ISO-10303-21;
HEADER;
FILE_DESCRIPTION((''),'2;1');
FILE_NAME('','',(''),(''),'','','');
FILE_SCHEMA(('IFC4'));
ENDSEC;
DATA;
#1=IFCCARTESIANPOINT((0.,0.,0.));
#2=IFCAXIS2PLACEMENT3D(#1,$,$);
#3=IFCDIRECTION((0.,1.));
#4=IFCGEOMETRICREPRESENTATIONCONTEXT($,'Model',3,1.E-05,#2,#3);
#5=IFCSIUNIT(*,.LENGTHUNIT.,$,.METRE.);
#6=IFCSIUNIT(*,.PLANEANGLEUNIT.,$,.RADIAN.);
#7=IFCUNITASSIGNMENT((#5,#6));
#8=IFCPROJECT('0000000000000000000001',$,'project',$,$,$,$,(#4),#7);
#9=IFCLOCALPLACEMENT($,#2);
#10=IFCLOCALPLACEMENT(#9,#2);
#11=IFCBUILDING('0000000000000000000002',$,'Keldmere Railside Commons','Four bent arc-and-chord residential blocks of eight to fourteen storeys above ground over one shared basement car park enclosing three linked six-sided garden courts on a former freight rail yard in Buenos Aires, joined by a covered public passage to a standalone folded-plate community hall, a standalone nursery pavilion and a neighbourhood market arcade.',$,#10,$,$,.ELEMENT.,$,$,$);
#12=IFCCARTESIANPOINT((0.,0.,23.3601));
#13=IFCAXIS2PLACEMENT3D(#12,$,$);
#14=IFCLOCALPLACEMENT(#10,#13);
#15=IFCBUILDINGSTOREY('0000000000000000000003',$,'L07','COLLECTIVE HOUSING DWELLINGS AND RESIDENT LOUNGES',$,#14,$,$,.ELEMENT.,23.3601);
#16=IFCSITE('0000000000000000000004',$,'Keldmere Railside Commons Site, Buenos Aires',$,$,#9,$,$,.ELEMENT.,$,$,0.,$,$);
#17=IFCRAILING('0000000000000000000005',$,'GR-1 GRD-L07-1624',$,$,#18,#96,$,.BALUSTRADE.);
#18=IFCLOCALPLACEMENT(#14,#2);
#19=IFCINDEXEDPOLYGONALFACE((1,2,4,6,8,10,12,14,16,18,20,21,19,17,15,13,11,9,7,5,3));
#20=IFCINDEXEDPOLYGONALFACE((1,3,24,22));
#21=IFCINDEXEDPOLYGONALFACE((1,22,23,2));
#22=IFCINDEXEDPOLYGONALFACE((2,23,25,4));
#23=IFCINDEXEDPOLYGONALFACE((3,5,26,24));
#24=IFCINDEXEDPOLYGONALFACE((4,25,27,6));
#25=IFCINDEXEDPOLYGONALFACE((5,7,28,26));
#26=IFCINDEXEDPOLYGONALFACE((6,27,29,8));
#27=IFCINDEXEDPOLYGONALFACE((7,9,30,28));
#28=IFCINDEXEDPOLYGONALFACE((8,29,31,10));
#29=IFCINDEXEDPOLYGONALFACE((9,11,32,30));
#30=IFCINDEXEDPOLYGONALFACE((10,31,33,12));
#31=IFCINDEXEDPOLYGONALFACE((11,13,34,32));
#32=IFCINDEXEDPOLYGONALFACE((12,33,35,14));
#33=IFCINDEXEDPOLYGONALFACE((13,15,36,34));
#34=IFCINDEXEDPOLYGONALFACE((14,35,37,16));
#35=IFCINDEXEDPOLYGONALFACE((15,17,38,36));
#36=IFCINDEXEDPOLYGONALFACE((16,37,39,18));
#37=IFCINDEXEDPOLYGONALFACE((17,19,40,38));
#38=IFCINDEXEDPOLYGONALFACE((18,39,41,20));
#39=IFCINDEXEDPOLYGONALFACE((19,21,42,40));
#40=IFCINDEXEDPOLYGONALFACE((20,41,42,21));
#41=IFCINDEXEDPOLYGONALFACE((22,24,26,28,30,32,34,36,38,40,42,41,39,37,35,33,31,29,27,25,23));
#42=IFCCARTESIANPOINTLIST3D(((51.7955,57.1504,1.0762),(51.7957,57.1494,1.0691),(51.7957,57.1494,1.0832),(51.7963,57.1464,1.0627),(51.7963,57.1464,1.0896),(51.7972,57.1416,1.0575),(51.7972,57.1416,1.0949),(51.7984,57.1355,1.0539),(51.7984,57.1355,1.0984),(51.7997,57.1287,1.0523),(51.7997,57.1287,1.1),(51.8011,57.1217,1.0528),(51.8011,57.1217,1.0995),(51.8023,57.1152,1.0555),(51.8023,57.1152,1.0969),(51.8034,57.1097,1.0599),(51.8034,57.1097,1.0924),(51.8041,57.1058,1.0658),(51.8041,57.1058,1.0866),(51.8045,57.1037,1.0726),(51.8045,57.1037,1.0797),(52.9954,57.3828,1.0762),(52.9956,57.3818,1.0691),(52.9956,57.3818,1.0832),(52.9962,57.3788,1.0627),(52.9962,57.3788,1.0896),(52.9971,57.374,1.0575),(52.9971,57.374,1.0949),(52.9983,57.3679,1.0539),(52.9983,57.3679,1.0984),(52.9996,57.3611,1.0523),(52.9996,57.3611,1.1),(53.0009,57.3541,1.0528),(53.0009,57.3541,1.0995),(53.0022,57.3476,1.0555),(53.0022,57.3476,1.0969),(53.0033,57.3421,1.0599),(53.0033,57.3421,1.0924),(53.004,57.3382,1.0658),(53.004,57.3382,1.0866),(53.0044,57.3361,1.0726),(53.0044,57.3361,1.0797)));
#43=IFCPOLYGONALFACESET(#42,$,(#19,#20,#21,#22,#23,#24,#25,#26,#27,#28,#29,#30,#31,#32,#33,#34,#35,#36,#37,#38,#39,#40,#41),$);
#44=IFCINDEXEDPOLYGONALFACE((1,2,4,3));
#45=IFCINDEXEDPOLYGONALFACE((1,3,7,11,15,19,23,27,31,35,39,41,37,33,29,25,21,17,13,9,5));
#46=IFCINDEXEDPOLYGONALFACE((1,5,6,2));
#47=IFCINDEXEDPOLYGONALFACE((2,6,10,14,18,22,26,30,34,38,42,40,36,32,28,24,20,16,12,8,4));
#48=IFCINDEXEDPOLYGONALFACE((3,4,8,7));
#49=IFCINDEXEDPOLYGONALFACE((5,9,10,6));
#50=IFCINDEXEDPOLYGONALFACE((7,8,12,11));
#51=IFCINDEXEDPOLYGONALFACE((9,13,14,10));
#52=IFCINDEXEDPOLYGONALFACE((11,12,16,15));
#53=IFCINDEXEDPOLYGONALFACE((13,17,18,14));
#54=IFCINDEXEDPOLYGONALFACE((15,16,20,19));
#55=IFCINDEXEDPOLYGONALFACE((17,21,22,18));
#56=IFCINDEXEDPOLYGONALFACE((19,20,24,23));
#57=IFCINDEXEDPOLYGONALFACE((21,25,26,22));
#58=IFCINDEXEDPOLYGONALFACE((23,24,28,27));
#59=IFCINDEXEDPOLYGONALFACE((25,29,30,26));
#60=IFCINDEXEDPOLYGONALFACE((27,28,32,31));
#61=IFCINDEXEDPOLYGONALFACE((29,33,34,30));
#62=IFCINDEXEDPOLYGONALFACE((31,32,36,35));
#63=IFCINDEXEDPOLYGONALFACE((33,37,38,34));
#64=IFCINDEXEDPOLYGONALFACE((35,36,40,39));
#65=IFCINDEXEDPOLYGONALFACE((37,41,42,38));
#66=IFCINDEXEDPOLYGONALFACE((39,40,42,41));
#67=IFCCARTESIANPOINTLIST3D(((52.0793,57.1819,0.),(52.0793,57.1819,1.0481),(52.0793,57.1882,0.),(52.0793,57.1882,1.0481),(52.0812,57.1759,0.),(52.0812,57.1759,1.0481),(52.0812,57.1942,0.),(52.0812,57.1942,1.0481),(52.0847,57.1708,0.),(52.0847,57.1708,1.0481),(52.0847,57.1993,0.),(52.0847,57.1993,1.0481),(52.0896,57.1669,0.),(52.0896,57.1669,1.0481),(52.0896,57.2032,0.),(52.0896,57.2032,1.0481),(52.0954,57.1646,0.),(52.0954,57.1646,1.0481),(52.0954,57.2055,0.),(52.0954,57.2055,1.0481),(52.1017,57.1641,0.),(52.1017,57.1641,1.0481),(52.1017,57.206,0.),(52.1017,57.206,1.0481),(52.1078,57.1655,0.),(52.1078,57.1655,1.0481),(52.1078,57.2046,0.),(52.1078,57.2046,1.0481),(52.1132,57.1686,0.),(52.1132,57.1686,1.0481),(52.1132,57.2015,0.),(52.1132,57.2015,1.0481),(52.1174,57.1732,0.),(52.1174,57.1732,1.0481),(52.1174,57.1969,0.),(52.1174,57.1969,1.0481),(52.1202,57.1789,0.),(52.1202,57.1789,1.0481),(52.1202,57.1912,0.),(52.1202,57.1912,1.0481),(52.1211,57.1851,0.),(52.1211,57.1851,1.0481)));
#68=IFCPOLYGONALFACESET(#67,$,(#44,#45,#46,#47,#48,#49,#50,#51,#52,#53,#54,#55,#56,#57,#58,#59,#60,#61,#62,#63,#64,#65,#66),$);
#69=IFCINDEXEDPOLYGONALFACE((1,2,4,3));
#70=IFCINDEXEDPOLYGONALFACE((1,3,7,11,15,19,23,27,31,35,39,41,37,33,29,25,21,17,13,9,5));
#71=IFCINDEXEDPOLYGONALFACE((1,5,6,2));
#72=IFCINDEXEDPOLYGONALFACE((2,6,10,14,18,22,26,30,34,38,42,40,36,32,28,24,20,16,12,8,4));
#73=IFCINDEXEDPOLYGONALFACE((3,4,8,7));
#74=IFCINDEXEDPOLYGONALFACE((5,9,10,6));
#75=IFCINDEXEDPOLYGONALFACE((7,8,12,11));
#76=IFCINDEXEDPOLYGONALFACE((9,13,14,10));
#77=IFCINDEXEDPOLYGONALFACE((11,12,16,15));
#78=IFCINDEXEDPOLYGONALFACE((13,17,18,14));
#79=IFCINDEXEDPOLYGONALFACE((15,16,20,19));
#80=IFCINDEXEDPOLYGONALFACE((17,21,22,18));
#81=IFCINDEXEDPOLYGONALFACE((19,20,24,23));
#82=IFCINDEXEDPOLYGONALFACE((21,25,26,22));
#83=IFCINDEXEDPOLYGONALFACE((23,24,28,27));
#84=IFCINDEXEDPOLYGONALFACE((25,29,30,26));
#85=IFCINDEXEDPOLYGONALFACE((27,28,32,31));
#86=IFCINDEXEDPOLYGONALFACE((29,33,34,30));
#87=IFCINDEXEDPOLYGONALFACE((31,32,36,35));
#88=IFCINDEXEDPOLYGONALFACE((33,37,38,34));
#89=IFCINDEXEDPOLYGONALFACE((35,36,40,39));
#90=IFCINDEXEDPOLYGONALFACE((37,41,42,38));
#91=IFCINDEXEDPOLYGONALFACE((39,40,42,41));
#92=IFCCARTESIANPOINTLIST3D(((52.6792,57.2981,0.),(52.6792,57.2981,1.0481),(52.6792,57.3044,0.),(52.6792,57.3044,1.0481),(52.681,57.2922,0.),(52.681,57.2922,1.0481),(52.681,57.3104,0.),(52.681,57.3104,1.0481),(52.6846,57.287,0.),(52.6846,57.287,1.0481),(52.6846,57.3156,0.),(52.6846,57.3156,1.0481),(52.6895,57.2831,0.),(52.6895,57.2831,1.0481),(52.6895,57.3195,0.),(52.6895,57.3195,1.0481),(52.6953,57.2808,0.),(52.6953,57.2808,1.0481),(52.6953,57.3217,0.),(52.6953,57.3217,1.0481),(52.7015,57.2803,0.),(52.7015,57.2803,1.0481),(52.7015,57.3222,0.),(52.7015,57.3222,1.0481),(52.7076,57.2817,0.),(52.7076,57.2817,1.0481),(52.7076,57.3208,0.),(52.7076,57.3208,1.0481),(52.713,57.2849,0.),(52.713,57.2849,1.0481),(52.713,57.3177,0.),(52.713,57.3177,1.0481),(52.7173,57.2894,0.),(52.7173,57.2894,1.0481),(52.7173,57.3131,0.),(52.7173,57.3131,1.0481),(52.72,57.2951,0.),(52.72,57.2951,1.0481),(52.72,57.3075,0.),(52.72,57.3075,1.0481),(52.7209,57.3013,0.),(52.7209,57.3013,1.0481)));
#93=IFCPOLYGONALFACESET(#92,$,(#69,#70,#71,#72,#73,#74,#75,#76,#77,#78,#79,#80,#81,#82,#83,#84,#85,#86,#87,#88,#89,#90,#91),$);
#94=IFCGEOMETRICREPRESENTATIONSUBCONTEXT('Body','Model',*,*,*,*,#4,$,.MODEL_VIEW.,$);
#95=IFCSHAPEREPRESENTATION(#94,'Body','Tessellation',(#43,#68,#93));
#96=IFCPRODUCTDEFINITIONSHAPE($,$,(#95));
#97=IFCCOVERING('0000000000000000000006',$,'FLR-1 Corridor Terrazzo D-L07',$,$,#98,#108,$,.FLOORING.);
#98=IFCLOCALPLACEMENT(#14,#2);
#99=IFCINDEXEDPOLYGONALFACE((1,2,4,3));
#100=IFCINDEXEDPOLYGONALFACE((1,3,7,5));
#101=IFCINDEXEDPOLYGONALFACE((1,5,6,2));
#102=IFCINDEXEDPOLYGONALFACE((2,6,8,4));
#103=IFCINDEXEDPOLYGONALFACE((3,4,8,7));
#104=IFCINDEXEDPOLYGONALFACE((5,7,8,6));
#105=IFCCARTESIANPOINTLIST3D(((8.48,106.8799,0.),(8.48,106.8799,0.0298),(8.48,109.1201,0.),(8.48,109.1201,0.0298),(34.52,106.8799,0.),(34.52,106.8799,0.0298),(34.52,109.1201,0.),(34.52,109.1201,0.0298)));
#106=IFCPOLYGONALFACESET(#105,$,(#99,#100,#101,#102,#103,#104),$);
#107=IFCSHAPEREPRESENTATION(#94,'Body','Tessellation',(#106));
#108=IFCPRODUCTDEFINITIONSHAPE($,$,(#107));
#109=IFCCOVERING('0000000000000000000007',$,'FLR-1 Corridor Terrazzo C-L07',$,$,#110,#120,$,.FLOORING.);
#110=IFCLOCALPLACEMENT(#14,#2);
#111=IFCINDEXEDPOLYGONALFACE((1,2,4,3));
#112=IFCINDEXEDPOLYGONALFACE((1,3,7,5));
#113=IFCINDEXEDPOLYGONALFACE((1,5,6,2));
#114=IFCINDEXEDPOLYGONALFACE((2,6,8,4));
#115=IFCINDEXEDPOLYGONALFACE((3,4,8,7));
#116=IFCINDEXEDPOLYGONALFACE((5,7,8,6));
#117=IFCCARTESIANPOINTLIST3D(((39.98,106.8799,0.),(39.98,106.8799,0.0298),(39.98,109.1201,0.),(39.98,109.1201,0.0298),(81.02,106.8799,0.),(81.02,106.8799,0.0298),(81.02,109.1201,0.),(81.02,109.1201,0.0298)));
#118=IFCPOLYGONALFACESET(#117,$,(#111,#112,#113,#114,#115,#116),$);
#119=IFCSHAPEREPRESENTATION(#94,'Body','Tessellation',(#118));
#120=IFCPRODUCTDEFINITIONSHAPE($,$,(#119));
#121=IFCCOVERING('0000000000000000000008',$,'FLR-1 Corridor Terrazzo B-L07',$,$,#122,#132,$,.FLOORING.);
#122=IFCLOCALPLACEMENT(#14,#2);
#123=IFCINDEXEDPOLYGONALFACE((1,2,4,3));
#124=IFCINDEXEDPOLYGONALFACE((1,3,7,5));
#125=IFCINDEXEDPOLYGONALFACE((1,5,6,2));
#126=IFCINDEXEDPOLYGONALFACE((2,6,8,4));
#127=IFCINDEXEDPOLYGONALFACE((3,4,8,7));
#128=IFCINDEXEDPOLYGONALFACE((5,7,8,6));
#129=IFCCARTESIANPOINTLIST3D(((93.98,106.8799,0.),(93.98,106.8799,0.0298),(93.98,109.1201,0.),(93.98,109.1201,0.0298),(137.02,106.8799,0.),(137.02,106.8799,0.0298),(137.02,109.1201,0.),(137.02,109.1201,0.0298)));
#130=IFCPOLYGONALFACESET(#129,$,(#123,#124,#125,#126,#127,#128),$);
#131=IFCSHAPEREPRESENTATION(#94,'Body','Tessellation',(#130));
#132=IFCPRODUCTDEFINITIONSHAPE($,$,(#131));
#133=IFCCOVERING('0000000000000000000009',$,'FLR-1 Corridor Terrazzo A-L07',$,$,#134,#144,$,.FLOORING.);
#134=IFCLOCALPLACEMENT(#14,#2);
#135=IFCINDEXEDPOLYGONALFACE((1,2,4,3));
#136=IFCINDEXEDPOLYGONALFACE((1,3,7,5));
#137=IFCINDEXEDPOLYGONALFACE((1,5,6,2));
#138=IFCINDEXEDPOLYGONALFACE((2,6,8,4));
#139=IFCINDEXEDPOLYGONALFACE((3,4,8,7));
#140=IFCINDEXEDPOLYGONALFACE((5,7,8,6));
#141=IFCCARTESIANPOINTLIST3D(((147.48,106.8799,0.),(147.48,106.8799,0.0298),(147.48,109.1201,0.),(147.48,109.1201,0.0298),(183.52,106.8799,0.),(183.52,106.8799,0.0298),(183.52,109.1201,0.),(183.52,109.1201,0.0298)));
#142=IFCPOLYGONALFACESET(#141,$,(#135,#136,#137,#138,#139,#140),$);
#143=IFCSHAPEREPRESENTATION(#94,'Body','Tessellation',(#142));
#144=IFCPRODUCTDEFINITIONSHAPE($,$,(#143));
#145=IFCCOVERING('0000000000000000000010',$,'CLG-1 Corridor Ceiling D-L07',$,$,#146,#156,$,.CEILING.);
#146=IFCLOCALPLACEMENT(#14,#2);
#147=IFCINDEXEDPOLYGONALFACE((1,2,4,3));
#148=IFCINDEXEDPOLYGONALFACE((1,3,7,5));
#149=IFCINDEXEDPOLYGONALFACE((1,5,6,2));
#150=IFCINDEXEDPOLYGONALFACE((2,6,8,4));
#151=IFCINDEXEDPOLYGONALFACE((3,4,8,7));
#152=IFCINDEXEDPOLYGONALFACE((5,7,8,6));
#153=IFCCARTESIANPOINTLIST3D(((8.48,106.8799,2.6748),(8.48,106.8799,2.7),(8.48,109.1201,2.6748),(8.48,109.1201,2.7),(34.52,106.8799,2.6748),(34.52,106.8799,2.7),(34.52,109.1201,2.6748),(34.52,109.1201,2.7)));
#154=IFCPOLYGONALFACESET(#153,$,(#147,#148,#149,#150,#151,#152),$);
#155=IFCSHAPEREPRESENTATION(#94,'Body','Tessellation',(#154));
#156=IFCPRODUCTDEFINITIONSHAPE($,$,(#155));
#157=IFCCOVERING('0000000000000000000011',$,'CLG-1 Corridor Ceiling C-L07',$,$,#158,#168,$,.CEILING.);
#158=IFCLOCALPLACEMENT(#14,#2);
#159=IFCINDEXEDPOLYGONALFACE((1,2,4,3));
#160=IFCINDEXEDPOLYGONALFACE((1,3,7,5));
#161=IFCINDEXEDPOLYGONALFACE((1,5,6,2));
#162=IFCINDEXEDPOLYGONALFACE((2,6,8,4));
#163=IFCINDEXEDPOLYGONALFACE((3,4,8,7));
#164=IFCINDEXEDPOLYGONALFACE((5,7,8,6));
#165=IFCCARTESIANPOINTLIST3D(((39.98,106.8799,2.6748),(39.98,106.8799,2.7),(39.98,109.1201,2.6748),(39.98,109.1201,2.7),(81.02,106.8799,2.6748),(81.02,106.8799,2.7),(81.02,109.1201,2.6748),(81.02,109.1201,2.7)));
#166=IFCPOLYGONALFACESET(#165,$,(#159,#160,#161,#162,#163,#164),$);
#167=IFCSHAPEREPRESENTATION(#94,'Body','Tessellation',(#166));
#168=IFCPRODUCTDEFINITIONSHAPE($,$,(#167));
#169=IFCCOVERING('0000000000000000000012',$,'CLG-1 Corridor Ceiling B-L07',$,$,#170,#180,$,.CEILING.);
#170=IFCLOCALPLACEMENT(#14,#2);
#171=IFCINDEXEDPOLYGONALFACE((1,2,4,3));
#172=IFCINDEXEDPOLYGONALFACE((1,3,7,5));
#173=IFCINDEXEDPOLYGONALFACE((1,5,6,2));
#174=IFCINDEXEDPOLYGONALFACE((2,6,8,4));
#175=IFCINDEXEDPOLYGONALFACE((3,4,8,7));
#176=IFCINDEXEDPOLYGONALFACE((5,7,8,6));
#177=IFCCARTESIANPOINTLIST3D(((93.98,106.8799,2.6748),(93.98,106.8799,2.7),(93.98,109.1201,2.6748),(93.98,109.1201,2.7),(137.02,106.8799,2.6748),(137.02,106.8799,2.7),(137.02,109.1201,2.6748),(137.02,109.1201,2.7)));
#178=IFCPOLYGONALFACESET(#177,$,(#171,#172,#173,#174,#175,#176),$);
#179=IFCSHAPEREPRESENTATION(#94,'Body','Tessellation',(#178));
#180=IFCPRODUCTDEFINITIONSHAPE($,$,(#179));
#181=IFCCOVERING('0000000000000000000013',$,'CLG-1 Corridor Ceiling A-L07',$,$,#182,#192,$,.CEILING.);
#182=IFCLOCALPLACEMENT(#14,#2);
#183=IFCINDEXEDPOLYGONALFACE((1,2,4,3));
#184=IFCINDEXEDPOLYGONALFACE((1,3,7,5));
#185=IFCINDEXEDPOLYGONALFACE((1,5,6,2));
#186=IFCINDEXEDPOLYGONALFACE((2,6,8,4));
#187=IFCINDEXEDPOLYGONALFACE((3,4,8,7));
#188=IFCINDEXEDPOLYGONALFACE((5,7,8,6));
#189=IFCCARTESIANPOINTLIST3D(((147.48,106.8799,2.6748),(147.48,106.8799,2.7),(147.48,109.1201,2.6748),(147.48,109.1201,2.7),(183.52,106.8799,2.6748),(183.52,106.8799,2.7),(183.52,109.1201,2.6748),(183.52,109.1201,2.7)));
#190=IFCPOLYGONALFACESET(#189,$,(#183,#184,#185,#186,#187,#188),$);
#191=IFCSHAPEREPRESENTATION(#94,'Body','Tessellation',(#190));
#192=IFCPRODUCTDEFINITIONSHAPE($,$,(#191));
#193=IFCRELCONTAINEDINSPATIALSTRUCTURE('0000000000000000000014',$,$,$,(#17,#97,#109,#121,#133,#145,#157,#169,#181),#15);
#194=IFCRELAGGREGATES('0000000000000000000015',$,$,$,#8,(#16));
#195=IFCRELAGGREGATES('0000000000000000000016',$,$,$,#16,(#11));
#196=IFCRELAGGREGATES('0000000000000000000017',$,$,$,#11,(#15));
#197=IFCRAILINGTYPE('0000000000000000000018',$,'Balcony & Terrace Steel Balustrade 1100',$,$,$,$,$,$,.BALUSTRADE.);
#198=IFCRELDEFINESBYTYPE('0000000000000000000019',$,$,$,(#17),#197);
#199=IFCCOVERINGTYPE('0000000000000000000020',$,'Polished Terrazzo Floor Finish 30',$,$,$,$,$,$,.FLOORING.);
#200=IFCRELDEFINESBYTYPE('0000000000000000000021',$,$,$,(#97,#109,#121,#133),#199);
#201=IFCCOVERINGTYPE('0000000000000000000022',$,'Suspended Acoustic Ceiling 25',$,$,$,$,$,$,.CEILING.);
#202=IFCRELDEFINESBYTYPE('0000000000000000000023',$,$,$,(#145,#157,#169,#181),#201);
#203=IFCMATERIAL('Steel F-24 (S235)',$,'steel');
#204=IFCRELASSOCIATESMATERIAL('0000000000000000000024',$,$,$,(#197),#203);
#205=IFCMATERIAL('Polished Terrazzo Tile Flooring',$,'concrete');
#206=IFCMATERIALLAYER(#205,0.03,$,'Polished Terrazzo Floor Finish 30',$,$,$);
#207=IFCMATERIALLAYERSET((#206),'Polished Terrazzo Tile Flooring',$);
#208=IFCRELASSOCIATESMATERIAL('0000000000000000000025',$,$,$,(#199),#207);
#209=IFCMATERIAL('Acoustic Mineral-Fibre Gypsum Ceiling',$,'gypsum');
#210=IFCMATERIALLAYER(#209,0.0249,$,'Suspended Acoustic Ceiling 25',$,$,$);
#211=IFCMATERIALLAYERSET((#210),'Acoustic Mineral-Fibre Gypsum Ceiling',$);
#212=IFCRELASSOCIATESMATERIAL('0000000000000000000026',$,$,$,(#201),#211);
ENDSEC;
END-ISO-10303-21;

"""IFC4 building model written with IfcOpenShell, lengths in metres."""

from ifc_helpers import new_model, si_unit, direction, frame, origin, origin_2d, place, context, subcontext, project, spatial, polyline, circle, outline, extrude, material, layer, layer_set, type_object, element, save


model = new_model("IFC4")

# Units and contexts
model_context = context("Model", 3, precision=1e-05, world=origin(), true_north=direction((0.0, 1.0)))
body_context = subcontext(model_context, "Body", "Model", "MODEL_VIEW")
ifc_project = project(units=[si_unit("LENGTHUNIT", "METRE"), si_unit("PLANEANGLEUNIT", "RADIAN")], contexts=[model_context])

# Site, building, storey
site_placement = place(None, origin())
site = spatial("IfcSite", under=ifc_project, at=site_placement, Name="Keldmere Railside Commons Site, Buenos Aires", CompositionType="ELEMENT", RefElevation=0.0)
building_placement = place(site_placement, origin())
building = spatial("IfcBuilding", under=site, at=building_placement, Name="Keldmere Railside Commons", Description="Four bent arc-and-chord residential blocks of eight to fourteen storeys above ground over one shared basement car park enclosing three linked six-sided garden courts on a former freight rail yard in Buenos Aires, joined by a covered public passage to a standalone folded-plate community hall, a standalone nursery pavilion and a neighbourhood market arcade.", CompositionType="ELEMENT")
storey_placement = place(building_placement, frame((0.0, 0.0, 23.3601)))
storey = spatial("IfcBuildingStorey", under=building, at=storey_placement, Name="L07", Description="COLLECTIVE HOUSING DWELLINGS AND RESIDENT LOUNGES", CompositionType="ELEMENT", Elevation=23.3601)

# Railing
ifc_material_1 = material(Name="Steel F-24 (S235)", Category="steel")
railing_type = type_object("IfcRailingType", Name="Balcony & Terrace Steel Balustrade 1100", PredefinedType="BALUSTRADE", material=ifc_material_1)
railing_1_placement = place(storey_placement, frame((51.8, 57.127, 0.0)))
element("IfcRailing", 1, at=railing_1_placement, inside=storey, type_object=railing_type, Name="GR-1 GRD-L07-1624", PredefinedType="BALUSTRADE", context=body_context, shape_type="SweptSolid", body=[
    extrude(circle(Radius=0.0239, at=origin_2d()), frame((0.0, 0.0, 1.0762), z_axis=(0.981753, 0.190159, 0.0), x_axis=(-0.190159, 0.981753, 0.0)), (0.0, 0.0, 1.0), 1.2222),
    extrude(circle(Radius=0.021, at=origin_2d()), frame((0.3, 0.0581, 0.0)), (0.0, 0.0, 1.0), 1.0481),
    extrude(circle(Radius=0.021, at=origin_2d()), frame((0.8999, 0.1743, 0.0)), (0.0, 0.0, 1.0), 1.0481),
])

# Coverings
ifc_material_2 = material(Name="Polished Terrazzo Tile Flooring", Category="concrete")
ifc_layer_1 = layer(ifc_material_2, 0.03, Name="Polished Terrazzo Floor Finish 30")
ifc_layer_set_1 = layer_set([ifc_layer_1], Name="Polished Terrazzo Tile Flooring")
covering_type_1 = type_object("IfcCoveringType", Name="Polished Terrazzo Floor Finish 30", PredefinedType="FLOORING", material=ifc_layer_set_1)
covering_1_placement = place(storey_placement, origin())
element("IfcCovering", 2, at=covering_1_placement, inside=storey, type_object=covering_type_1, Name="FLR-1 Corridor Terrazzo D-L07", PredefinedType="FLOORING", context=body_context, shape_type="SweptSolid", body=[
    extrude(outline(polyline([(8.48, 106.8799), (34.52, 106.8799), (34.52, 109.1201), (8.48, 109.1201), (8.48, 106.8799)])), origin(), (0.0, 0.0, 1.0), 0.0298),
])
covering_2_placement = place(storey_placement, origin())
element("IfcCovering", 3, at=covering_2_placement, inside=storey, type_object=covering_type_1, Name="FLR-1 Corridor Terrazzo C-L07", PredefinedType="FLOORING", context=body_context, shape_type="SweptSolid", body=[
    extrude(outline(polyline([(39.98, 106.8799), (81.02, 106.8799), (81.02, 109.1201), (39.98, 109.1201), (39.98, 106.8799)])), origin(), (0.0, 0.0, 1.0), 0.0298),
])
covering_3_placement = place(storey_placement, origin())
element("IfcCovering", 4, at=covering_3_placement, inside=storey, type_object=covering_type_1, Name="FLR-1 Corridor Terrazzo B-L07", PredefinedType="FLOORING", context=body_context, shape_type="SweptSolid", body=[
    extrude(outline(polyline([(93.98, 106.8799), (137.02, 106.8799), (137.02, 109.1201), (93.98, 109.1201), (93.98, 106.8799)])), origin(), (0.0, 0.0, 1.0), 0.0298),
])
covering_4_placement = place(storey_placement, origin())
element("IfcCovering", 5, at=covering_4_placement, inside=storey, type_object=covering_type_1, Name="FLR-1 Corridor Terrazzo A-L07", PredefinedType="FLOORING", context=body_context, shape_type="SweptSolid", body=[
    extrude(outline(polyline([(147.48, 106.8799), (183.52, 106.8799), (183.52, 109.1201), (147.48, 109.1201), (147.48, 106.8799)])), origin(), (0.0, 0.0, 1.0), 0.0298),
])
ifc_material_3 = material(Name="Acoustic Mineral-Fibre Gypsum Ceiling", Category="gypsum")
ifc_layer_2 = layer(ifc_material_3, 0.0249, Name="Suspended Acoustic Ceiling 25")
ifc_layer_set_2 = layer_set([ifc_layer_2], Name="Acoustic Mineral-Fibre Gypsum Ceiling")
covering_type_2 = type_object("IfcCoveringType", Name="Suspended Acoustic Ceiling 25", PredefinedType="CEILING", material=ifc_layer_set_2)
covering_5_placement = place(storey_placement, frame((0.0, 0.0, 2.6748)))
element("IfcCovering", 6, at=covering_5_placement, inside=storey, type_object=covering_type_2, Name="CLG-1 Corridor Ceiling D-L07", PredefinedType="CEILING", context=body_context, shape_type="SweptSolid", body=[
    extrude(outline(polyline([(8.48, 106.8799), (34.52, 106.8799), (34.52, 109.1201), (8.48, 109.1201), (8.48, 106.8799)])), origin(), (0.0, 0.0, 1.0), 0.0251),
])
covering_6_placement = place(storey_placement, frame((0.0, 0.0, 2.6748)))
element("IfcCovering", 7, at=covering_6_placement, inside=storey, type_object=covering_type_2, Name="CLG-1 Corridor Ceiling C-L07", PredefinedType="CEILING", context=body_context, shape_type="SweptSolid", body=[
    extrude(outline(polyline([(39.98, 106.8799), (81.02, 106.8799), (81.02, 109.1201), (39.98, 109.1201), (39.98, 106.8799)])), origin(), (0.0, 0.0, 1.0), 0.0251),
])
covering_7_placement = place(storey_placement, frame((0.0, 0.0, 2.6748)))
element("IfcCovering", 8, at=covering_7_placement, inside=storey, type_object=covering_type_2, Name="CLG-1 Corridor Ceiling B-L07", PredefinedType="CEILING", context=body_context, shape_type="SweptSolid", body=[
    extrude(outline(polyline([(93.98, 106.8799), (137.02, 106.8799), (137.02, 109.1201), (93.98, 109.1201), (93.98, 106.8799)])), origin(), (0.0, 0.0, 1.0), 0.0251),
])
covering_8_placement = place(storey_placement, frame((0.0, 0.0, 2.6748)))
element("IfcCovering", 9, at=covering_8_placement, inside=storey, type_object=covering_type_2, Name="CLG-1 Corridor Ceiling A-L07", PredefinedType="CEILING", context=body_context, shape_type="SweptSolid", body=[
    extrude(outline(polyline([(147.48, 106.8799), (183.52, 106.8799), (183.52, 109.1201), (147.48, 109.1201), (147.48, 106.8799)])), origin(), (0.0, 0.0, 1.0), 0.0251),
])

save(model, "model.ifc")
